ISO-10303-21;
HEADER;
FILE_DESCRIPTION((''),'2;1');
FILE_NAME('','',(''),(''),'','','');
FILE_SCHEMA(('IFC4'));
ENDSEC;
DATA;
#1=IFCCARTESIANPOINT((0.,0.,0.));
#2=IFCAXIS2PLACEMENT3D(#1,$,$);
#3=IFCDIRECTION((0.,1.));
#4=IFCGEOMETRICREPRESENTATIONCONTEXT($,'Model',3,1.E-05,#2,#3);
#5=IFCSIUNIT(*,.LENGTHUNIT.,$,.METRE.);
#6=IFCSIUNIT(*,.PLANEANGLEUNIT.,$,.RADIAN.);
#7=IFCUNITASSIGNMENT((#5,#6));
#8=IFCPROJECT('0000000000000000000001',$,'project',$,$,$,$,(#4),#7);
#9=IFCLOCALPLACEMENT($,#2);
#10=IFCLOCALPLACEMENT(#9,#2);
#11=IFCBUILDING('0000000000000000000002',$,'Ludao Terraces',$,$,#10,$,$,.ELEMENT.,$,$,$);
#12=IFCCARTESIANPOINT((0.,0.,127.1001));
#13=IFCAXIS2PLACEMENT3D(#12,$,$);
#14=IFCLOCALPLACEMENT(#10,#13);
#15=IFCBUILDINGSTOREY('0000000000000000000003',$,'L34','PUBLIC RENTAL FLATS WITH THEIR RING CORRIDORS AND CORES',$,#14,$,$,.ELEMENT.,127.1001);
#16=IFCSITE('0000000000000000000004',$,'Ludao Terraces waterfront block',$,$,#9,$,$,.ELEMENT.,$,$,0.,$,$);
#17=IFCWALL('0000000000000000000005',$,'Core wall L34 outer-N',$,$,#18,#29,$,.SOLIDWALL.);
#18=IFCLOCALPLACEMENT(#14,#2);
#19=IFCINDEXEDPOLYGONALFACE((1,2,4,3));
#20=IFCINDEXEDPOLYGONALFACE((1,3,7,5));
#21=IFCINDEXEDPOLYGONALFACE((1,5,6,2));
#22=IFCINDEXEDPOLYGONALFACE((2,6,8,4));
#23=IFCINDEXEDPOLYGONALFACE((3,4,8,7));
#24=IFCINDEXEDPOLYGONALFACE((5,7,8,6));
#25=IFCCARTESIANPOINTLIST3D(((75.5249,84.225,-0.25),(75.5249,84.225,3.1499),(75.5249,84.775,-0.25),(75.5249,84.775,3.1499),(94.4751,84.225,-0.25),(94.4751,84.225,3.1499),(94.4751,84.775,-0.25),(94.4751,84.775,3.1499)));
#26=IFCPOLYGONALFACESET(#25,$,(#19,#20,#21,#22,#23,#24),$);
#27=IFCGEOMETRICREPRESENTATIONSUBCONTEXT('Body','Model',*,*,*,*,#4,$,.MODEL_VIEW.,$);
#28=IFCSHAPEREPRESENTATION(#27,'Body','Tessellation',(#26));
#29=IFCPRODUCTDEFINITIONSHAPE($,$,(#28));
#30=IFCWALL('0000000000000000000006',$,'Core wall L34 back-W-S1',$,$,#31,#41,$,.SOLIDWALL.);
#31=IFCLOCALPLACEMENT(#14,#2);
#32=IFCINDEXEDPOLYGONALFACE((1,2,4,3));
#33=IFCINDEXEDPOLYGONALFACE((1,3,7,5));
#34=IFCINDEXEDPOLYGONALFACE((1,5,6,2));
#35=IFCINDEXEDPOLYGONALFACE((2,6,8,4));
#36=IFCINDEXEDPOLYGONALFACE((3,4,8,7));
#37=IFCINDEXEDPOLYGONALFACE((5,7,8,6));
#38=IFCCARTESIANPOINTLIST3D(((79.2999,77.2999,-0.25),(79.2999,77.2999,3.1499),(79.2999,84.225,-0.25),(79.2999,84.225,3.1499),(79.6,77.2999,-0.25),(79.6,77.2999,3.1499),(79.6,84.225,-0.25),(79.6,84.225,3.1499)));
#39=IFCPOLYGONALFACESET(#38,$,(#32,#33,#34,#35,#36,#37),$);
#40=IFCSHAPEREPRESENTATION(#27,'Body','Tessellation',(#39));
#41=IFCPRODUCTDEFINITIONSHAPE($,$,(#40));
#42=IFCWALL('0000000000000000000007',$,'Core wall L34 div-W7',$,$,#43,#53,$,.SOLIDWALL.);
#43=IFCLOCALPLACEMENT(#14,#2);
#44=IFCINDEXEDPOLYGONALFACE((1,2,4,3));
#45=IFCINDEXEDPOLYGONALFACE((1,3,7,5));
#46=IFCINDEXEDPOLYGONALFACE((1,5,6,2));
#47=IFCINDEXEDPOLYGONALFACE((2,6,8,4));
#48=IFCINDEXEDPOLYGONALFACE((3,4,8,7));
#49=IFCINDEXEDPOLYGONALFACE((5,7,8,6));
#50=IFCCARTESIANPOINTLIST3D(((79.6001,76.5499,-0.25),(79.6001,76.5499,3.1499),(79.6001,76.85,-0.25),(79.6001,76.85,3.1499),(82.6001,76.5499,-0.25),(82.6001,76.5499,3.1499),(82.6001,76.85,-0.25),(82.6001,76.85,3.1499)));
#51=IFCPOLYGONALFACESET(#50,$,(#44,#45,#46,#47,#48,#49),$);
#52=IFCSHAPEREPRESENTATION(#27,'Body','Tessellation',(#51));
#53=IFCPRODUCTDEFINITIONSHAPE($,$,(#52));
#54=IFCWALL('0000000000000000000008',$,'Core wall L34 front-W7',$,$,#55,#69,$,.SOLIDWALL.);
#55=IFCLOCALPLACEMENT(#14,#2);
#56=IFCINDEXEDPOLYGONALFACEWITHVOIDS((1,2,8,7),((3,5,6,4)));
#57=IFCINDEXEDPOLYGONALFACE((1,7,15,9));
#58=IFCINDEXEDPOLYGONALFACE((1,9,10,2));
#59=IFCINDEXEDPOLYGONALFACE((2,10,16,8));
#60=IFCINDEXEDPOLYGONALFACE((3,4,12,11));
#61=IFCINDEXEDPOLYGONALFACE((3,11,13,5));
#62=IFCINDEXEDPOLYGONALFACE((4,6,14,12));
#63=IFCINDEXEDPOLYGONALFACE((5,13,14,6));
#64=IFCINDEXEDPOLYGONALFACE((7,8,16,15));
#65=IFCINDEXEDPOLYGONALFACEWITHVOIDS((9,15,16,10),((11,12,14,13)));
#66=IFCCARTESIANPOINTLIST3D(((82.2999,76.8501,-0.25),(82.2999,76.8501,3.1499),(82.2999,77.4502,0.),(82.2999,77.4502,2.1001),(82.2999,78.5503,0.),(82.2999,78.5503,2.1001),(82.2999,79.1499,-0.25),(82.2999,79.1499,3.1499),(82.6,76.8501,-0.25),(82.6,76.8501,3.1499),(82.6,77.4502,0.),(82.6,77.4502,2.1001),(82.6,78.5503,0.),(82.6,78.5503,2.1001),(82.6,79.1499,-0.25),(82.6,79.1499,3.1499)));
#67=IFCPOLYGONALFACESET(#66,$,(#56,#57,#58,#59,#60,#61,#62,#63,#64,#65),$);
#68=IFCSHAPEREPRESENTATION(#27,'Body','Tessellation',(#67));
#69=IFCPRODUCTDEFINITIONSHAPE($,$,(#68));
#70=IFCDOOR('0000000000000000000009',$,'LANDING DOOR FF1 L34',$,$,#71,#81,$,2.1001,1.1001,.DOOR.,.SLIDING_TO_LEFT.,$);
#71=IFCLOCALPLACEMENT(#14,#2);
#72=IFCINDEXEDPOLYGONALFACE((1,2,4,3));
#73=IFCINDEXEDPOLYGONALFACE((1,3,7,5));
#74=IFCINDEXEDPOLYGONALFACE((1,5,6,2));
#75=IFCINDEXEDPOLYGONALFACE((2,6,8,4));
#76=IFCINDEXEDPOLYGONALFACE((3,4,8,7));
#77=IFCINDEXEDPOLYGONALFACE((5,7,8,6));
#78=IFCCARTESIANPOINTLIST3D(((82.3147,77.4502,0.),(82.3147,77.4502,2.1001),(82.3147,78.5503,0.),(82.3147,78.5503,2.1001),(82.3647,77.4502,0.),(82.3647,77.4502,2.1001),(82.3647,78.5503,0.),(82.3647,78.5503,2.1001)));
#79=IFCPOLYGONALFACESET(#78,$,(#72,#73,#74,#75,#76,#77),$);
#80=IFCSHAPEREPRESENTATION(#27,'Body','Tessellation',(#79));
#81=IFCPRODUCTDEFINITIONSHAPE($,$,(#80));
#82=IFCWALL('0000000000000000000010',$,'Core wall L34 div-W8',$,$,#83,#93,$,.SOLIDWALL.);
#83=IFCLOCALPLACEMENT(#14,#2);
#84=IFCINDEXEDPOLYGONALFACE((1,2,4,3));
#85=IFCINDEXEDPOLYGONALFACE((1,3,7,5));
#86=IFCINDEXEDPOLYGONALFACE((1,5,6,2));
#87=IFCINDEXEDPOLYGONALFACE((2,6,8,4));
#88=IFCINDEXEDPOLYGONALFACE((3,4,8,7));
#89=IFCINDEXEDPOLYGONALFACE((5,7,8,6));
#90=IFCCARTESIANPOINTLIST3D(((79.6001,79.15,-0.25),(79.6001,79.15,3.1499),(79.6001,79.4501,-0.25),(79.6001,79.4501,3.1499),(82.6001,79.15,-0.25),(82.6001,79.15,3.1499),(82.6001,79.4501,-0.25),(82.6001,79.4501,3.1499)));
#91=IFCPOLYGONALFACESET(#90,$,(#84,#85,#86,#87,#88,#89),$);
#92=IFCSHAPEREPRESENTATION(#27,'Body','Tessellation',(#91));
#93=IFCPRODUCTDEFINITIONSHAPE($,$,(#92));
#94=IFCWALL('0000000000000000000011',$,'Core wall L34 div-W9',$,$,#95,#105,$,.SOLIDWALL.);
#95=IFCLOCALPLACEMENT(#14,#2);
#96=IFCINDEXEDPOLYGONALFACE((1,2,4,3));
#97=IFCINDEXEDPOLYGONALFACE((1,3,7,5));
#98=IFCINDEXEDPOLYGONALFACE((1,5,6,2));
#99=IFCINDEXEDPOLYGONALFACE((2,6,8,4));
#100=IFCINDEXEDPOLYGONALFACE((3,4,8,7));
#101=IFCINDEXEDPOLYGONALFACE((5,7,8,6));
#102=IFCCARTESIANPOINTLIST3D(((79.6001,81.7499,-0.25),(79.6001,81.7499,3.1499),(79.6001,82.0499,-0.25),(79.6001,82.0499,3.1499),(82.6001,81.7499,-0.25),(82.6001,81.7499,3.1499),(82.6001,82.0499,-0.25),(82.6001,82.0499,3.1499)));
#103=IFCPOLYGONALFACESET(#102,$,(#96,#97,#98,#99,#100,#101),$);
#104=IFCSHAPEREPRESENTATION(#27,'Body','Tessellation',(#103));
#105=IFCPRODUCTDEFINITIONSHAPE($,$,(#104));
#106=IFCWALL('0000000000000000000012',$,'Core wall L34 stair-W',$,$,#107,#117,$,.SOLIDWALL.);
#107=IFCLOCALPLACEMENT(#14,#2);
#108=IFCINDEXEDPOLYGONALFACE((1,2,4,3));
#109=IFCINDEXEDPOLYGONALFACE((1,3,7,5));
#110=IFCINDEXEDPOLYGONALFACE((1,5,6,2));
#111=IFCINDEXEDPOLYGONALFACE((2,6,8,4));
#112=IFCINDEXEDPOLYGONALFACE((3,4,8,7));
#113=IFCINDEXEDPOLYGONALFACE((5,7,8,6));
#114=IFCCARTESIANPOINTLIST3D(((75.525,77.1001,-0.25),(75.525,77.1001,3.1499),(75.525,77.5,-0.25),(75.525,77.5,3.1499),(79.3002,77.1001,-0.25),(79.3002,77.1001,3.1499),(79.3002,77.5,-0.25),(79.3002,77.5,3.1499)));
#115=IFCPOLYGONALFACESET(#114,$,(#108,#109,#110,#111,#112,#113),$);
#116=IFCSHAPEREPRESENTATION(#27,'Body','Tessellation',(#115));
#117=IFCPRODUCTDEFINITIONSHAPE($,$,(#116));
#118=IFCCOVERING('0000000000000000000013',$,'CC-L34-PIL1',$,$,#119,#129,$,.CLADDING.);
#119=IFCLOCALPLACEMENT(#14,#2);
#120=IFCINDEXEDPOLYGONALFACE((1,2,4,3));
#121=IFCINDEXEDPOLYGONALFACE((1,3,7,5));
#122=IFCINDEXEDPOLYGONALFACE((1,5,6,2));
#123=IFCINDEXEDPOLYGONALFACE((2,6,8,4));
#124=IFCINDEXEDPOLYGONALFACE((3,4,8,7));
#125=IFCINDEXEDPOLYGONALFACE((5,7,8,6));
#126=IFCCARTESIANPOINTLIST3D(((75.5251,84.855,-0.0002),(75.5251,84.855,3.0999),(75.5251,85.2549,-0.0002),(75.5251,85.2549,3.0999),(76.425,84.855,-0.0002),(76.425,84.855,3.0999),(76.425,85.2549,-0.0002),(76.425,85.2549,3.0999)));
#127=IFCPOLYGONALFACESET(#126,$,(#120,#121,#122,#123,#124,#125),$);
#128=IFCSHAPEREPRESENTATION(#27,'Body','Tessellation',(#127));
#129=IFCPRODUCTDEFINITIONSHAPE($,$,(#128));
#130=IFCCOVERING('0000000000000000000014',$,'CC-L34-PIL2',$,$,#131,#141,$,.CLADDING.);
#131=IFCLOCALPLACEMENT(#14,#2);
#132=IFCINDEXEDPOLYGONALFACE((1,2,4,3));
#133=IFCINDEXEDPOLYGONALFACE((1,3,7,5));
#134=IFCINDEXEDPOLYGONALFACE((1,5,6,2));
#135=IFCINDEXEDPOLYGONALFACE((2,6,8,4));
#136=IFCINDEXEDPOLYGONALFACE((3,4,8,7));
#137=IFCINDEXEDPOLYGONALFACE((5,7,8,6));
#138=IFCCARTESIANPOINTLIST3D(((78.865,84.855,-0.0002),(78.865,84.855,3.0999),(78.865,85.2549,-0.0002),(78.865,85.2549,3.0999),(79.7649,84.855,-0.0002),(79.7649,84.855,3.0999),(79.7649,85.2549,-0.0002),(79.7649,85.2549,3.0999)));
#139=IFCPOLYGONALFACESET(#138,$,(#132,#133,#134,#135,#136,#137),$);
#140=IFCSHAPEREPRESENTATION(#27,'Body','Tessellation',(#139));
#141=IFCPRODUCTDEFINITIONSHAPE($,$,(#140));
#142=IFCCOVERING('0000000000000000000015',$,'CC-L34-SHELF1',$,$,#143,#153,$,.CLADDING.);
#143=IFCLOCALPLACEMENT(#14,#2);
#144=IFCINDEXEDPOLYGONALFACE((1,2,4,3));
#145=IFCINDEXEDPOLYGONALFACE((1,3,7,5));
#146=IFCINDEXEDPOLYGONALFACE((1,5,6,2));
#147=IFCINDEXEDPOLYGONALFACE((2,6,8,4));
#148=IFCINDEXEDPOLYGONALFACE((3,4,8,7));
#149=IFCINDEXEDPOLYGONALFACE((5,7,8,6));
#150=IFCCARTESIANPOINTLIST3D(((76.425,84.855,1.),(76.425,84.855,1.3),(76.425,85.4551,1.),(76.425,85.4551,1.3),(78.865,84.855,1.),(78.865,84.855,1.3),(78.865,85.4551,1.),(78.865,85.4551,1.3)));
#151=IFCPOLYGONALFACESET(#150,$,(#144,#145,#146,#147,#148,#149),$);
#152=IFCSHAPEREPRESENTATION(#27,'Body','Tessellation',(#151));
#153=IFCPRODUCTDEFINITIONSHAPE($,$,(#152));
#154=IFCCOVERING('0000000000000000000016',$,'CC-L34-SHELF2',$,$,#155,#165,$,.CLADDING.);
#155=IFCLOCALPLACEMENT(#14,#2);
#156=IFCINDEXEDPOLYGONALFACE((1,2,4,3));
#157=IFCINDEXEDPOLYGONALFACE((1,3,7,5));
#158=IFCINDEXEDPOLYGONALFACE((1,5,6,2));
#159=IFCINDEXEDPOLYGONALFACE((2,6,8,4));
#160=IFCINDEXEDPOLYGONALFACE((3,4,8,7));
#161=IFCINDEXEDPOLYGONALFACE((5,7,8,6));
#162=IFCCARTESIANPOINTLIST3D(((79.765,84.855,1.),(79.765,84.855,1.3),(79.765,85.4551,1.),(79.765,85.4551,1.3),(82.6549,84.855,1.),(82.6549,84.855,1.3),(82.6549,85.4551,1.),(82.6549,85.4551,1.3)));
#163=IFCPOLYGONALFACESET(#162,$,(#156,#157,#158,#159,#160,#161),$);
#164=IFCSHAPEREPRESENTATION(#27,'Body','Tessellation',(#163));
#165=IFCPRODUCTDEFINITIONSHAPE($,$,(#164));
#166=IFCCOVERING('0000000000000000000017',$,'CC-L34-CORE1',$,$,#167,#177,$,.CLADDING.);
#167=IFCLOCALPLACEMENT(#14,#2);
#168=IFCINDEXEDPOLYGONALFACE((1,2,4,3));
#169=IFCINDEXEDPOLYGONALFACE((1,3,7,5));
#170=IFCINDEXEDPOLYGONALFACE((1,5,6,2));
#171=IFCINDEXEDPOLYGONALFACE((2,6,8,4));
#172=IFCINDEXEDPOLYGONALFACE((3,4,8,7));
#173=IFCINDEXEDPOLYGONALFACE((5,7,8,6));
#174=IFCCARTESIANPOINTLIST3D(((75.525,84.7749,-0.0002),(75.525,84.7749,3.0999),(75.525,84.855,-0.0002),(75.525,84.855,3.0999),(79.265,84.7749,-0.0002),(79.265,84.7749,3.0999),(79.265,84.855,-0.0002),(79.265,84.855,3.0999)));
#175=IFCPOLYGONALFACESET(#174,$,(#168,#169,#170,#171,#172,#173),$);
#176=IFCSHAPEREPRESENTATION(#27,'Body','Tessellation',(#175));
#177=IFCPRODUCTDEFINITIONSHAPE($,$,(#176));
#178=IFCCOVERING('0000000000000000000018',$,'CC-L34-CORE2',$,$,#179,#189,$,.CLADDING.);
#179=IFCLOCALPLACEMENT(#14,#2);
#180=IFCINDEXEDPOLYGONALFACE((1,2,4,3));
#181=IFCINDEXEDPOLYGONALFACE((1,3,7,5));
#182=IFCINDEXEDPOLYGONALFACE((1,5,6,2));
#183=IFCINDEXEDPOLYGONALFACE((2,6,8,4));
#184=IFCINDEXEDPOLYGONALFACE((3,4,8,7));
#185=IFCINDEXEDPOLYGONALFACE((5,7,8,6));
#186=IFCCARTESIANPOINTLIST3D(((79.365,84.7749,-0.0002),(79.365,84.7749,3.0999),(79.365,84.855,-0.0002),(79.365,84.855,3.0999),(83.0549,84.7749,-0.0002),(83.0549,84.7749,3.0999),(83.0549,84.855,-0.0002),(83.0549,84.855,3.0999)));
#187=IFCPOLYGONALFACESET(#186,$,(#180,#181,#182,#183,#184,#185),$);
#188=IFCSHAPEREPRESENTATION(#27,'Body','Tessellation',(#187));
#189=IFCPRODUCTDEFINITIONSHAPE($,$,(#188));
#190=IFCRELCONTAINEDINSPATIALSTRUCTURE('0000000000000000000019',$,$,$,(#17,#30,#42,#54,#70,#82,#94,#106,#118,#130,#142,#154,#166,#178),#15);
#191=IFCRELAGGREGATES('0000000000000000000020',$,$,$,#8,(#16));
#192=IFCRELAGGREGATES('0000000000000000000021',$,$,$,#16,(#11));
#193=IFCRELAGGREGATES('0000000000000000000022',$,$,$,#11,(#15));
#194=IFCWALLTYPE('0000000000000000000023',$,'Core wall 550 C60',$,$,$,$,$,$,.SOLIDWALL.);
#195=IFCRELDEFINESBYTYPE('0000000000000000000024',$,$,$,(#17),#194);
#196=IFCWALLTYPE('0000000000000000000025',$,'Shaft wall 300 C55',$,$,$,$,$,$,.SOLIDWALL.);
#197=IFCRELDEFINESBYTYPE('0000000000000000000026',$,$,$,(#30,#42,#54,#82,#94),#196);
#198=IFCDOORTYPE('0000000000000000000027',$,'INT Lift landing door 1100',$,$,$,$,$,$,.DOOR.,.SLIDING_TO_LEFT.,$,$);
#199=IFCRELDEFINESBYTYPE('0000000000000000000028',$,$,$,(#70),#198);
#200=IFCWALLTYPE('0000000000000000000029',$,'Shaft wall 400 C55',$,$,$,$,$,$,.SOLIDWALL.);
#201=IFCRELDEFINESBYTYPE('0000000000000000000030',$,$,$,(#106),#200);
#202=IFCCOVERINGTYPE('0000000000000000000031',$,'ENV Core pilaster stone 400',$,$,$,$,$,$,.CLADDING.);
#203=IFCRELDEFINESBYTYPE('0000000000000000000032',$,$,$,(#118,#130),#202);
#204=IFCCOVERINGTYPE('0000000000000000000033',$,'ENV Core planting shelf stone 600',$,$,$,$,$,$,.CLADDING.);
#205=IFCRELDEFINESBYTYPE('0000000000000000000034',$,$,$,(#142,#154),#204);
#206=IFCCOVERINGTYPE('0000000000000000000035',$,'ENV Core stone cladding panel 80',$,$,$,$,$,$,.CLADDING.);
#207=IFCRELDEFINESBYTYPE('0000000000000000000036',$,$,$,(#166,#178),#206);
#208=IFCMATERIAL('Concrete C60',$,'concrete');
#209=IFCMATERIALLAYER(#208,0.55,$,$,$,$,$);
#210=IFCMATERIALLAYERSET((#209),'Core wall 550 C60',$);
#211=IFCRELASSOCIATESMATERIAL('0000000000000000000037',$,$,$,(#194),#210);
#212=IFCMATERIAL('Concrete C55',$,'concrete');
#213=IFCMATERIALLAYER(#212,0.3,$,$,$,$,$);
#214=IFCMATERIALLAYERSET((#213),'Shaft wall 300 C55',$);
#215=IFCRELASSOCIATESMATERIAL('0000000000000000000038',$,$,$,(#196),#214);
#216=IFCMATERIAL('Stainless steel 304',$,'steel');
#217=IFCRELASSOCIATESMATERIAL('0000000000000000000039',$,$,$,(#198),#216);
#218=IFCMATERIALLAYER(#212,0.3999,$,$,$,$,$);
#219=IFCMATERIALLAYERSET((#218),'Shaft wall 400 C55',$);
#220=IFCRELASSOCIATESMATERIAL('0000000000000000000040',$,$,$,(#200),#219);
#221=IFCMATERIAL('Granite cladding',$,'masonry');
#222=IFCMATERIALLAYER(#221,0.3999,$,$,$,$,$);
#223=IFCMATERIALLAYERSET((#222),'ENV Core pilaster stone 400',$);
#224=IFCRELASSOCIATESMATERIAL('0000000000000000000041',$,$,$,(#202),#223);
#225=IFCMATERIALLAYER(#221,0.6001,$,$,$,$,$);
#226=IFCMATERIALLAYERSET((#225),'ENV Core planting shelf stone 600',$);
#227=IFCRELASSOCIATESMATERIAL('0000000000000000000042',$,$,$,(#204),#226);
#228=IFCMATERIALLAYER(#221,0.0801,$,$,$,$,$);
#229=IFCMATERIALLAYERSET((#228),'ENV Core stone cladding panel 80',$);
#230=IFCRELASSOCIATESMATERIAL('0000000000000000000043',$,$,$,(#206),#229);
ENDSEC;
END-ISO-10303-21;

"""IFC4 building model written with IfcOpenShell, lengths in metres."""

from ifc_helpers import new_model, si_unit, direction, frame, frame_2d, origin, origin_2d, place, context, subcontext, project, spatial, rectangle, extrude, material, layer, layer_set, type_object, element, fill, save


model = new_model("IFC4")

# Units and contexts
model_context = context("Model", 3, precision=1e-05, world=origin(), true_north=direction((0.0, 1.0)))
body_context = subcontext(model_context, "Body", "Model", "MODEL_VIEW")
ifc_project = project(units=[si_unit("LENGTHUNIT", "METRE"), si_unit("PLANEANGLEUNIT", "RADIAN")], contexts=[model_context])

# Site, building, storey
site_placement = place(None, origin())
site = spatial("IfcSite", under=ifc_project, at=site_placement, Name="Ludao Terraces waterfront block", CompositionType="ELEMENT", RefElevation=0.0)
building_placement = place(site_placement, origin())
building = spatial("IfcBuilding", under=site, at=building_placement, Name="Ludao Terraces", CompositionType="ELEMENT")
storey_placement = place(building_placement, frame((0.0, 0.0, 127.1001)))
storey = spatial("IfcBuildingStorey", under=building, at=storey_placement, Name="L34", Description="PUBLIC RENTAL FLATS WITH THEIR RING CORRIDORS AND CORES", CompositionType="ELEMENT", Elevation=127.1001)

# Walls
ifc_material_1 = material(Name="Concrete C60", Category="concrete")
ifc_layer_1 = layer(ifc_material_1, 0.55)
ifc_layer_set_1 = layer_set([ifc_layer_1], Name="Core wall 550 C60")
wall_type_1 = type_object("IfcWallType", Name="Core wall 550 C60", PredefinedType="SOLIDWALL", material=ifc_layer_set_1)
wall_1_placement = place(storey_placement, frame((75.5249, 84.5, -0.25), z_axis=(0.0, 0.0, 1.0), x_axis=(1.0, 0.0, 0.0)))
element("IfcWall", 1, at=wall_1_placement, inside=storey, type_object=wall_type_1, Name="Core wall L34 outer-N", PredefinedType="SOLIDWALL", context=body_context, shape_type="SweptSolid", body=[
    extrude(rectangle(XDim=18.9502, YDim=0.55, at=frame_2d((9.4751, 0.0))), origin(), (0.0, 0.0, 1.0), 3.3999),
])
ifc_material_2 = material(Name="Concrete C55", Category="concrete")
ifc_layer_2 = layer(ifc_material_2, 0.3)
ifc_layer_set_2 = layer_set([ifc_layer_2], Name="Shaft wall 300 C55")
wall_type_2 = type_object("IfcWallType", Name="Shaft wall 300 C55", PredefinedType="SOLIDWALL", material=ifc_layer_set_2)
wall_2_placement = place(storey_placement, frame((79.45, 77.3, -0.25), z_axis=(0.0, 0.0, 1.0), x_axis=(0.0, 1.0, 0.0)))
element("IfcWall", 2, at=wall_2_placement, inside=storey, type_object=wall_type_2, Name="Core wall L34 back-W-S1", PredefinedType="SOLIDWALL", context=body_context, shape_type="SweptSolid", body=[
    extrude(rectangle(XDim=6.925, YDim=0.3, at=frame_2d((3.4624, 0.0))), origin(), (0.0, 0.0, 1.0), 3.3999),
])
wall_3_placement = place(storey_placement, frame((79.6001, 76.7, -0.25), z_axis=(0.0, 0.0, 1.0), x_axis=(1.0, 0.0, 0.0)))
element("IfcWall", 3, at=wall_3_placement, inside=storey, type_object=wall_type_2, Name="Core wall L34 div-W7", PredefinedType="SOLIDWALL", context=body_context, shape_type="SweptSolid", body=[
    extrude(rectangle(XDim=3.0, YDim=0.3, at=frame_2d((1.5, 0.0))), origin(), (0.0, 0.0, 1.0), 3.3999),
])

# Wall, opening, door
wall_4_placement = place(storey_placement, frame((82.45, 76.8501, -0.25), z_axis=(0.0, 0.0, 1.0), x_axis=(0.0, 1.0, 0.0)))
wall_4 = element("IfcWall", 4, at=wall_4_placement, inside=storey, type_object=wall_type_2, Name="Core wall L34 front-W7", PredefinedType="SOLIDWALL", context=body_context, shape_type="SweptSolid", body=[
    extrude(rectangle(XDim=2.2998, YDim=0.3, at=frame_2d((1.1499, 0.0))), origin(), (0.0, 0.0, 1.0), 3.3999),
])
opening_placement = place(wall_4_placement, frame((0.6001, 0.0, 0.25)))
opening = element("IfcOpeningElement", 5, at=opening_placement, cuts=wall_4, PredefinedType="OPENING", context=body_context, shape_type="SweptSolid", body=[
    extrude(rectangle(XDim=1.1001, YDim=2.1001, at=frame_2d((0.55, 1.05))), frame((0.0, 0.1602, 0.0), z_axis=(0.0, -1.0, 0.0), x_axis=(1.0, 0.0, 0.0)), (0.0, 0.0, 1.0), 0.3201),
])
ifc_material_3 = material(Name="Stainless steel 304", Category="steel")
door_type = type_object("IfcDoorType", Name="INT Lift landing door 1100", OperationType="SLIDING_TO_LEFT", PredefinedType="DOOR", material=ifc_material_3)
door_placement = place(opening_placement, origin())
door = element("IfcDoor", 6, at=door_placement, inside=storey, type_object=door_type, Name="LANDING DOOR FF1 L34", OperationType="SLIDING_TO_LEFT", OverallHeight=2.1001, OverallWidth=1.1001, PredefinedType="DOOR", context=body_context, shape_type="SweptSolid", body=[
    extrude(rectangle(XDim=1.1001, YDim=2.1001, at=frame_2d((0.55, 1.05))), frame((0.0, 0.1353, 0.0), z_axis=(0.0, -1.0, 0.0), x_axis=(1.0, 0.0, 0.0)), (0.0, 0.0, 1.0), 0.05),
])
fill(opening, door)

# Walls
for number, where, z_axis, x_axis, name in (
    (7, (79.6001, 79.3, -0.25), (0.0, 0.0, 1.0), (1.0, 0.0, 0.0), "Core wall L34 div-W8"),
    (8, (79.6001, 81.8999, -0.25), (0.0, 0.0, 1.0), (1.0, 0.0, 0.0), "Core wall L34 div-W9"),
):
    element("IfcWall", number, at=place(storey_placement, frame(where, z_axis=z_axis, x_axis=x_axis)), inside=storey, type_object=wall_type_2, Name=name, PredefinedType="SOLIDWALL", context=body_context, shape_type="SweptSolid", body=[
        extrude(rectangle(XDim=3.0, YDim=0.3, at=frame_2d((1.5, 0.0))), origin(), (0.0, 0.0, 1.0), 3.3999),
    ])
ifc_layer_3 = layer(ifc_material_2, 0.3999)
ifc_layer_set_3 = layer_set([ifc_layer_3], Name="Shaft wall 400 C55")
wall_type_3 = type_object("IfcWallType", Name="Shaft wall 400 C55", PredefinedType="SOLIDWALL", material=ifc_layer_set_3)
wall_5_placement = place(storey_placement, frame((75.5249, 77.3, -0.25), z_axis=(0.0, 0.0, 1.0), x_axis=(1.0, 0.0, 0.0)))
element("IfcWall", 9, at=wall_5_placement, inside=storey, type_object=wall_type_3, Name="Core wall L34 stair-W", PredefinedType="SOLIDWALL", context=body_context, shape_type="SweptSolid", body=[
    extrude(rectangle(XDim=3.7751, YDim=0.3999, at=frame_2d((1.8877, 0.0))), origin(), (0.0, 0.0, 1.0), 3.3999),
])

# Coverings
ifc_material_4 = material(Name="Granite cladding", Category="masonry")
ifc_layer_4 = layer(ifc_material_4, 0.3999)
ifc_layer_set_4 = layer_set([ifc_layer_4], Name="ENV Core pilaster stone 400")
covering_type_1 = type_object("IfcCoveringType", Name="ENV Core pilaster stone 400", PredefinedType="CLADDING", material=ifc_layer_set_4)
for number, where, z_axis, x_axis, name in (
    (10, (75.9751, 85.0549, -0.0002), (0.0, 0.0, 1.0), (1.0, 0.0, 0.0), "CC-L34-PIL1"),
    (11, (79.3149, 85.0549, -0.0002), (0.0, 0.0, 1.0), (1.0, 0.0, 0.0), "CC-L34-PIL2"),
):
    element("IfcCovering", number, at=place(storey_placement, frame(where, z_axis=z_axis, x_axis=x_axis)), inside=storey, type_object=covering_type_1, Name=name, PredefinedType="CLADDING", context=body_context, shape_type="SweptSolid", body=[
        extrude(rectangle(XDim=0.8999, YDim=0.3999, at=origin_2d()), origin(), (0.0, 0.0, 1.0), 3.1001),
    ])
ifc_layer_5 = layer(ifc_material_4, 0.6001)
ifc_layer_set_5 = layer_set([ifc_layer_5], Name="ENV Core planting shelf stone 600")
covering_type_2 = type_object("IfcCoveringType", Name="ENV Core planting shelf stone 600", PredefinedType="CLADDING", material=ifc_layer_set_5)
covering_1_placement = place(storey_placement, frame((77.645, 85.155, 1.0), z_axis=(0.0, 0.0, 1.0), x_axis=(1.0, 0.0, 0.0)))
element("IfcCovering", 12, at=covering_1_placement, inside=storey, type_object=covering_type_2, Name="CC-L34-SHELF1", PredefinedType="CLADDING", context=body_context, shape_type="SweptSolid", body=[
    extrude(rectangle(XDim=2.4399, YDim=0.6001, at=origin_2d()), origin(), (0.0, 0.0, 1.0), 0.3),
])
covering_2_placement = place(storey_placement, frame((81.21, 85.155, 1.0), z_axis=(0.0, 0.0, 1.0), x_axis=(1.0, 0.0, 0.0)))
element("IfcCovering", 13, at=covering_2_placement, inside=storey, type_object=covering_type_2, Name="CC-L34-SHELF2", PredefinedType="CLADDING", context=body_context, shape_type="SweptSolid", body=[
    extrude(rectangle(XDim=2.8899, YDim=0.6001, at=origin_2d()), origin(), (0.0, 0.0, 1.0), 0.3),
])
ifc_layer_6 = layer(ifc_material_4, 0.0801)
ifc_layer_set_6 = layer_set([ifc_layer_6], Name="ENV Core stone cladding panel 80")
covering_type_3 = type_object("IfcCoveringType", Name="ENV Core stone cladding panel 80", PredefinedType="CLADDING", material=ifc_layer_set_6)
covering_3_placement = place(storey_placement, frame((77.395, 84.8149, -0.0002), z_axis=(0.0, 0.0, 1.0), x_axis=(1.0, 0.0, 0.0)))
element("IfcCovering", 14, at=covering_3_placement, inside=storey, type_object=covering_type_3, Name="CC-L34-CORE1", PredefinedType="CLADDING", context=body_context, shape_type="SweptSolid", body=[
    extrude(rectangle(XDim=3.74, YDim=0.0801, at=origin_2d()), origin(), (0.0, 0.0, 1.0), 3.1001),
])
covering_4_placement = place(storey_placement, frame((81.21, 84.8149, -0.0002), z_axis=(0.0, 0.0, 1.0), x_axis=(1.0, 0.0, 0.0)))
element("IfcCovering", 15, at=covering_4_placement, inside=storey, type_object=covering_type_3, Name="CC-L34-CORE2", PredefinedType="CLADDING", context=body_context, shape_type="SweptSolid", body=[
    extrude(rectangle(XDim=3.6899, YDim=0.0801, at=origin_2d()), origin(), (0.0, 0.0, 1.0), 3.1001),
])

save(model, "model.ifc")
